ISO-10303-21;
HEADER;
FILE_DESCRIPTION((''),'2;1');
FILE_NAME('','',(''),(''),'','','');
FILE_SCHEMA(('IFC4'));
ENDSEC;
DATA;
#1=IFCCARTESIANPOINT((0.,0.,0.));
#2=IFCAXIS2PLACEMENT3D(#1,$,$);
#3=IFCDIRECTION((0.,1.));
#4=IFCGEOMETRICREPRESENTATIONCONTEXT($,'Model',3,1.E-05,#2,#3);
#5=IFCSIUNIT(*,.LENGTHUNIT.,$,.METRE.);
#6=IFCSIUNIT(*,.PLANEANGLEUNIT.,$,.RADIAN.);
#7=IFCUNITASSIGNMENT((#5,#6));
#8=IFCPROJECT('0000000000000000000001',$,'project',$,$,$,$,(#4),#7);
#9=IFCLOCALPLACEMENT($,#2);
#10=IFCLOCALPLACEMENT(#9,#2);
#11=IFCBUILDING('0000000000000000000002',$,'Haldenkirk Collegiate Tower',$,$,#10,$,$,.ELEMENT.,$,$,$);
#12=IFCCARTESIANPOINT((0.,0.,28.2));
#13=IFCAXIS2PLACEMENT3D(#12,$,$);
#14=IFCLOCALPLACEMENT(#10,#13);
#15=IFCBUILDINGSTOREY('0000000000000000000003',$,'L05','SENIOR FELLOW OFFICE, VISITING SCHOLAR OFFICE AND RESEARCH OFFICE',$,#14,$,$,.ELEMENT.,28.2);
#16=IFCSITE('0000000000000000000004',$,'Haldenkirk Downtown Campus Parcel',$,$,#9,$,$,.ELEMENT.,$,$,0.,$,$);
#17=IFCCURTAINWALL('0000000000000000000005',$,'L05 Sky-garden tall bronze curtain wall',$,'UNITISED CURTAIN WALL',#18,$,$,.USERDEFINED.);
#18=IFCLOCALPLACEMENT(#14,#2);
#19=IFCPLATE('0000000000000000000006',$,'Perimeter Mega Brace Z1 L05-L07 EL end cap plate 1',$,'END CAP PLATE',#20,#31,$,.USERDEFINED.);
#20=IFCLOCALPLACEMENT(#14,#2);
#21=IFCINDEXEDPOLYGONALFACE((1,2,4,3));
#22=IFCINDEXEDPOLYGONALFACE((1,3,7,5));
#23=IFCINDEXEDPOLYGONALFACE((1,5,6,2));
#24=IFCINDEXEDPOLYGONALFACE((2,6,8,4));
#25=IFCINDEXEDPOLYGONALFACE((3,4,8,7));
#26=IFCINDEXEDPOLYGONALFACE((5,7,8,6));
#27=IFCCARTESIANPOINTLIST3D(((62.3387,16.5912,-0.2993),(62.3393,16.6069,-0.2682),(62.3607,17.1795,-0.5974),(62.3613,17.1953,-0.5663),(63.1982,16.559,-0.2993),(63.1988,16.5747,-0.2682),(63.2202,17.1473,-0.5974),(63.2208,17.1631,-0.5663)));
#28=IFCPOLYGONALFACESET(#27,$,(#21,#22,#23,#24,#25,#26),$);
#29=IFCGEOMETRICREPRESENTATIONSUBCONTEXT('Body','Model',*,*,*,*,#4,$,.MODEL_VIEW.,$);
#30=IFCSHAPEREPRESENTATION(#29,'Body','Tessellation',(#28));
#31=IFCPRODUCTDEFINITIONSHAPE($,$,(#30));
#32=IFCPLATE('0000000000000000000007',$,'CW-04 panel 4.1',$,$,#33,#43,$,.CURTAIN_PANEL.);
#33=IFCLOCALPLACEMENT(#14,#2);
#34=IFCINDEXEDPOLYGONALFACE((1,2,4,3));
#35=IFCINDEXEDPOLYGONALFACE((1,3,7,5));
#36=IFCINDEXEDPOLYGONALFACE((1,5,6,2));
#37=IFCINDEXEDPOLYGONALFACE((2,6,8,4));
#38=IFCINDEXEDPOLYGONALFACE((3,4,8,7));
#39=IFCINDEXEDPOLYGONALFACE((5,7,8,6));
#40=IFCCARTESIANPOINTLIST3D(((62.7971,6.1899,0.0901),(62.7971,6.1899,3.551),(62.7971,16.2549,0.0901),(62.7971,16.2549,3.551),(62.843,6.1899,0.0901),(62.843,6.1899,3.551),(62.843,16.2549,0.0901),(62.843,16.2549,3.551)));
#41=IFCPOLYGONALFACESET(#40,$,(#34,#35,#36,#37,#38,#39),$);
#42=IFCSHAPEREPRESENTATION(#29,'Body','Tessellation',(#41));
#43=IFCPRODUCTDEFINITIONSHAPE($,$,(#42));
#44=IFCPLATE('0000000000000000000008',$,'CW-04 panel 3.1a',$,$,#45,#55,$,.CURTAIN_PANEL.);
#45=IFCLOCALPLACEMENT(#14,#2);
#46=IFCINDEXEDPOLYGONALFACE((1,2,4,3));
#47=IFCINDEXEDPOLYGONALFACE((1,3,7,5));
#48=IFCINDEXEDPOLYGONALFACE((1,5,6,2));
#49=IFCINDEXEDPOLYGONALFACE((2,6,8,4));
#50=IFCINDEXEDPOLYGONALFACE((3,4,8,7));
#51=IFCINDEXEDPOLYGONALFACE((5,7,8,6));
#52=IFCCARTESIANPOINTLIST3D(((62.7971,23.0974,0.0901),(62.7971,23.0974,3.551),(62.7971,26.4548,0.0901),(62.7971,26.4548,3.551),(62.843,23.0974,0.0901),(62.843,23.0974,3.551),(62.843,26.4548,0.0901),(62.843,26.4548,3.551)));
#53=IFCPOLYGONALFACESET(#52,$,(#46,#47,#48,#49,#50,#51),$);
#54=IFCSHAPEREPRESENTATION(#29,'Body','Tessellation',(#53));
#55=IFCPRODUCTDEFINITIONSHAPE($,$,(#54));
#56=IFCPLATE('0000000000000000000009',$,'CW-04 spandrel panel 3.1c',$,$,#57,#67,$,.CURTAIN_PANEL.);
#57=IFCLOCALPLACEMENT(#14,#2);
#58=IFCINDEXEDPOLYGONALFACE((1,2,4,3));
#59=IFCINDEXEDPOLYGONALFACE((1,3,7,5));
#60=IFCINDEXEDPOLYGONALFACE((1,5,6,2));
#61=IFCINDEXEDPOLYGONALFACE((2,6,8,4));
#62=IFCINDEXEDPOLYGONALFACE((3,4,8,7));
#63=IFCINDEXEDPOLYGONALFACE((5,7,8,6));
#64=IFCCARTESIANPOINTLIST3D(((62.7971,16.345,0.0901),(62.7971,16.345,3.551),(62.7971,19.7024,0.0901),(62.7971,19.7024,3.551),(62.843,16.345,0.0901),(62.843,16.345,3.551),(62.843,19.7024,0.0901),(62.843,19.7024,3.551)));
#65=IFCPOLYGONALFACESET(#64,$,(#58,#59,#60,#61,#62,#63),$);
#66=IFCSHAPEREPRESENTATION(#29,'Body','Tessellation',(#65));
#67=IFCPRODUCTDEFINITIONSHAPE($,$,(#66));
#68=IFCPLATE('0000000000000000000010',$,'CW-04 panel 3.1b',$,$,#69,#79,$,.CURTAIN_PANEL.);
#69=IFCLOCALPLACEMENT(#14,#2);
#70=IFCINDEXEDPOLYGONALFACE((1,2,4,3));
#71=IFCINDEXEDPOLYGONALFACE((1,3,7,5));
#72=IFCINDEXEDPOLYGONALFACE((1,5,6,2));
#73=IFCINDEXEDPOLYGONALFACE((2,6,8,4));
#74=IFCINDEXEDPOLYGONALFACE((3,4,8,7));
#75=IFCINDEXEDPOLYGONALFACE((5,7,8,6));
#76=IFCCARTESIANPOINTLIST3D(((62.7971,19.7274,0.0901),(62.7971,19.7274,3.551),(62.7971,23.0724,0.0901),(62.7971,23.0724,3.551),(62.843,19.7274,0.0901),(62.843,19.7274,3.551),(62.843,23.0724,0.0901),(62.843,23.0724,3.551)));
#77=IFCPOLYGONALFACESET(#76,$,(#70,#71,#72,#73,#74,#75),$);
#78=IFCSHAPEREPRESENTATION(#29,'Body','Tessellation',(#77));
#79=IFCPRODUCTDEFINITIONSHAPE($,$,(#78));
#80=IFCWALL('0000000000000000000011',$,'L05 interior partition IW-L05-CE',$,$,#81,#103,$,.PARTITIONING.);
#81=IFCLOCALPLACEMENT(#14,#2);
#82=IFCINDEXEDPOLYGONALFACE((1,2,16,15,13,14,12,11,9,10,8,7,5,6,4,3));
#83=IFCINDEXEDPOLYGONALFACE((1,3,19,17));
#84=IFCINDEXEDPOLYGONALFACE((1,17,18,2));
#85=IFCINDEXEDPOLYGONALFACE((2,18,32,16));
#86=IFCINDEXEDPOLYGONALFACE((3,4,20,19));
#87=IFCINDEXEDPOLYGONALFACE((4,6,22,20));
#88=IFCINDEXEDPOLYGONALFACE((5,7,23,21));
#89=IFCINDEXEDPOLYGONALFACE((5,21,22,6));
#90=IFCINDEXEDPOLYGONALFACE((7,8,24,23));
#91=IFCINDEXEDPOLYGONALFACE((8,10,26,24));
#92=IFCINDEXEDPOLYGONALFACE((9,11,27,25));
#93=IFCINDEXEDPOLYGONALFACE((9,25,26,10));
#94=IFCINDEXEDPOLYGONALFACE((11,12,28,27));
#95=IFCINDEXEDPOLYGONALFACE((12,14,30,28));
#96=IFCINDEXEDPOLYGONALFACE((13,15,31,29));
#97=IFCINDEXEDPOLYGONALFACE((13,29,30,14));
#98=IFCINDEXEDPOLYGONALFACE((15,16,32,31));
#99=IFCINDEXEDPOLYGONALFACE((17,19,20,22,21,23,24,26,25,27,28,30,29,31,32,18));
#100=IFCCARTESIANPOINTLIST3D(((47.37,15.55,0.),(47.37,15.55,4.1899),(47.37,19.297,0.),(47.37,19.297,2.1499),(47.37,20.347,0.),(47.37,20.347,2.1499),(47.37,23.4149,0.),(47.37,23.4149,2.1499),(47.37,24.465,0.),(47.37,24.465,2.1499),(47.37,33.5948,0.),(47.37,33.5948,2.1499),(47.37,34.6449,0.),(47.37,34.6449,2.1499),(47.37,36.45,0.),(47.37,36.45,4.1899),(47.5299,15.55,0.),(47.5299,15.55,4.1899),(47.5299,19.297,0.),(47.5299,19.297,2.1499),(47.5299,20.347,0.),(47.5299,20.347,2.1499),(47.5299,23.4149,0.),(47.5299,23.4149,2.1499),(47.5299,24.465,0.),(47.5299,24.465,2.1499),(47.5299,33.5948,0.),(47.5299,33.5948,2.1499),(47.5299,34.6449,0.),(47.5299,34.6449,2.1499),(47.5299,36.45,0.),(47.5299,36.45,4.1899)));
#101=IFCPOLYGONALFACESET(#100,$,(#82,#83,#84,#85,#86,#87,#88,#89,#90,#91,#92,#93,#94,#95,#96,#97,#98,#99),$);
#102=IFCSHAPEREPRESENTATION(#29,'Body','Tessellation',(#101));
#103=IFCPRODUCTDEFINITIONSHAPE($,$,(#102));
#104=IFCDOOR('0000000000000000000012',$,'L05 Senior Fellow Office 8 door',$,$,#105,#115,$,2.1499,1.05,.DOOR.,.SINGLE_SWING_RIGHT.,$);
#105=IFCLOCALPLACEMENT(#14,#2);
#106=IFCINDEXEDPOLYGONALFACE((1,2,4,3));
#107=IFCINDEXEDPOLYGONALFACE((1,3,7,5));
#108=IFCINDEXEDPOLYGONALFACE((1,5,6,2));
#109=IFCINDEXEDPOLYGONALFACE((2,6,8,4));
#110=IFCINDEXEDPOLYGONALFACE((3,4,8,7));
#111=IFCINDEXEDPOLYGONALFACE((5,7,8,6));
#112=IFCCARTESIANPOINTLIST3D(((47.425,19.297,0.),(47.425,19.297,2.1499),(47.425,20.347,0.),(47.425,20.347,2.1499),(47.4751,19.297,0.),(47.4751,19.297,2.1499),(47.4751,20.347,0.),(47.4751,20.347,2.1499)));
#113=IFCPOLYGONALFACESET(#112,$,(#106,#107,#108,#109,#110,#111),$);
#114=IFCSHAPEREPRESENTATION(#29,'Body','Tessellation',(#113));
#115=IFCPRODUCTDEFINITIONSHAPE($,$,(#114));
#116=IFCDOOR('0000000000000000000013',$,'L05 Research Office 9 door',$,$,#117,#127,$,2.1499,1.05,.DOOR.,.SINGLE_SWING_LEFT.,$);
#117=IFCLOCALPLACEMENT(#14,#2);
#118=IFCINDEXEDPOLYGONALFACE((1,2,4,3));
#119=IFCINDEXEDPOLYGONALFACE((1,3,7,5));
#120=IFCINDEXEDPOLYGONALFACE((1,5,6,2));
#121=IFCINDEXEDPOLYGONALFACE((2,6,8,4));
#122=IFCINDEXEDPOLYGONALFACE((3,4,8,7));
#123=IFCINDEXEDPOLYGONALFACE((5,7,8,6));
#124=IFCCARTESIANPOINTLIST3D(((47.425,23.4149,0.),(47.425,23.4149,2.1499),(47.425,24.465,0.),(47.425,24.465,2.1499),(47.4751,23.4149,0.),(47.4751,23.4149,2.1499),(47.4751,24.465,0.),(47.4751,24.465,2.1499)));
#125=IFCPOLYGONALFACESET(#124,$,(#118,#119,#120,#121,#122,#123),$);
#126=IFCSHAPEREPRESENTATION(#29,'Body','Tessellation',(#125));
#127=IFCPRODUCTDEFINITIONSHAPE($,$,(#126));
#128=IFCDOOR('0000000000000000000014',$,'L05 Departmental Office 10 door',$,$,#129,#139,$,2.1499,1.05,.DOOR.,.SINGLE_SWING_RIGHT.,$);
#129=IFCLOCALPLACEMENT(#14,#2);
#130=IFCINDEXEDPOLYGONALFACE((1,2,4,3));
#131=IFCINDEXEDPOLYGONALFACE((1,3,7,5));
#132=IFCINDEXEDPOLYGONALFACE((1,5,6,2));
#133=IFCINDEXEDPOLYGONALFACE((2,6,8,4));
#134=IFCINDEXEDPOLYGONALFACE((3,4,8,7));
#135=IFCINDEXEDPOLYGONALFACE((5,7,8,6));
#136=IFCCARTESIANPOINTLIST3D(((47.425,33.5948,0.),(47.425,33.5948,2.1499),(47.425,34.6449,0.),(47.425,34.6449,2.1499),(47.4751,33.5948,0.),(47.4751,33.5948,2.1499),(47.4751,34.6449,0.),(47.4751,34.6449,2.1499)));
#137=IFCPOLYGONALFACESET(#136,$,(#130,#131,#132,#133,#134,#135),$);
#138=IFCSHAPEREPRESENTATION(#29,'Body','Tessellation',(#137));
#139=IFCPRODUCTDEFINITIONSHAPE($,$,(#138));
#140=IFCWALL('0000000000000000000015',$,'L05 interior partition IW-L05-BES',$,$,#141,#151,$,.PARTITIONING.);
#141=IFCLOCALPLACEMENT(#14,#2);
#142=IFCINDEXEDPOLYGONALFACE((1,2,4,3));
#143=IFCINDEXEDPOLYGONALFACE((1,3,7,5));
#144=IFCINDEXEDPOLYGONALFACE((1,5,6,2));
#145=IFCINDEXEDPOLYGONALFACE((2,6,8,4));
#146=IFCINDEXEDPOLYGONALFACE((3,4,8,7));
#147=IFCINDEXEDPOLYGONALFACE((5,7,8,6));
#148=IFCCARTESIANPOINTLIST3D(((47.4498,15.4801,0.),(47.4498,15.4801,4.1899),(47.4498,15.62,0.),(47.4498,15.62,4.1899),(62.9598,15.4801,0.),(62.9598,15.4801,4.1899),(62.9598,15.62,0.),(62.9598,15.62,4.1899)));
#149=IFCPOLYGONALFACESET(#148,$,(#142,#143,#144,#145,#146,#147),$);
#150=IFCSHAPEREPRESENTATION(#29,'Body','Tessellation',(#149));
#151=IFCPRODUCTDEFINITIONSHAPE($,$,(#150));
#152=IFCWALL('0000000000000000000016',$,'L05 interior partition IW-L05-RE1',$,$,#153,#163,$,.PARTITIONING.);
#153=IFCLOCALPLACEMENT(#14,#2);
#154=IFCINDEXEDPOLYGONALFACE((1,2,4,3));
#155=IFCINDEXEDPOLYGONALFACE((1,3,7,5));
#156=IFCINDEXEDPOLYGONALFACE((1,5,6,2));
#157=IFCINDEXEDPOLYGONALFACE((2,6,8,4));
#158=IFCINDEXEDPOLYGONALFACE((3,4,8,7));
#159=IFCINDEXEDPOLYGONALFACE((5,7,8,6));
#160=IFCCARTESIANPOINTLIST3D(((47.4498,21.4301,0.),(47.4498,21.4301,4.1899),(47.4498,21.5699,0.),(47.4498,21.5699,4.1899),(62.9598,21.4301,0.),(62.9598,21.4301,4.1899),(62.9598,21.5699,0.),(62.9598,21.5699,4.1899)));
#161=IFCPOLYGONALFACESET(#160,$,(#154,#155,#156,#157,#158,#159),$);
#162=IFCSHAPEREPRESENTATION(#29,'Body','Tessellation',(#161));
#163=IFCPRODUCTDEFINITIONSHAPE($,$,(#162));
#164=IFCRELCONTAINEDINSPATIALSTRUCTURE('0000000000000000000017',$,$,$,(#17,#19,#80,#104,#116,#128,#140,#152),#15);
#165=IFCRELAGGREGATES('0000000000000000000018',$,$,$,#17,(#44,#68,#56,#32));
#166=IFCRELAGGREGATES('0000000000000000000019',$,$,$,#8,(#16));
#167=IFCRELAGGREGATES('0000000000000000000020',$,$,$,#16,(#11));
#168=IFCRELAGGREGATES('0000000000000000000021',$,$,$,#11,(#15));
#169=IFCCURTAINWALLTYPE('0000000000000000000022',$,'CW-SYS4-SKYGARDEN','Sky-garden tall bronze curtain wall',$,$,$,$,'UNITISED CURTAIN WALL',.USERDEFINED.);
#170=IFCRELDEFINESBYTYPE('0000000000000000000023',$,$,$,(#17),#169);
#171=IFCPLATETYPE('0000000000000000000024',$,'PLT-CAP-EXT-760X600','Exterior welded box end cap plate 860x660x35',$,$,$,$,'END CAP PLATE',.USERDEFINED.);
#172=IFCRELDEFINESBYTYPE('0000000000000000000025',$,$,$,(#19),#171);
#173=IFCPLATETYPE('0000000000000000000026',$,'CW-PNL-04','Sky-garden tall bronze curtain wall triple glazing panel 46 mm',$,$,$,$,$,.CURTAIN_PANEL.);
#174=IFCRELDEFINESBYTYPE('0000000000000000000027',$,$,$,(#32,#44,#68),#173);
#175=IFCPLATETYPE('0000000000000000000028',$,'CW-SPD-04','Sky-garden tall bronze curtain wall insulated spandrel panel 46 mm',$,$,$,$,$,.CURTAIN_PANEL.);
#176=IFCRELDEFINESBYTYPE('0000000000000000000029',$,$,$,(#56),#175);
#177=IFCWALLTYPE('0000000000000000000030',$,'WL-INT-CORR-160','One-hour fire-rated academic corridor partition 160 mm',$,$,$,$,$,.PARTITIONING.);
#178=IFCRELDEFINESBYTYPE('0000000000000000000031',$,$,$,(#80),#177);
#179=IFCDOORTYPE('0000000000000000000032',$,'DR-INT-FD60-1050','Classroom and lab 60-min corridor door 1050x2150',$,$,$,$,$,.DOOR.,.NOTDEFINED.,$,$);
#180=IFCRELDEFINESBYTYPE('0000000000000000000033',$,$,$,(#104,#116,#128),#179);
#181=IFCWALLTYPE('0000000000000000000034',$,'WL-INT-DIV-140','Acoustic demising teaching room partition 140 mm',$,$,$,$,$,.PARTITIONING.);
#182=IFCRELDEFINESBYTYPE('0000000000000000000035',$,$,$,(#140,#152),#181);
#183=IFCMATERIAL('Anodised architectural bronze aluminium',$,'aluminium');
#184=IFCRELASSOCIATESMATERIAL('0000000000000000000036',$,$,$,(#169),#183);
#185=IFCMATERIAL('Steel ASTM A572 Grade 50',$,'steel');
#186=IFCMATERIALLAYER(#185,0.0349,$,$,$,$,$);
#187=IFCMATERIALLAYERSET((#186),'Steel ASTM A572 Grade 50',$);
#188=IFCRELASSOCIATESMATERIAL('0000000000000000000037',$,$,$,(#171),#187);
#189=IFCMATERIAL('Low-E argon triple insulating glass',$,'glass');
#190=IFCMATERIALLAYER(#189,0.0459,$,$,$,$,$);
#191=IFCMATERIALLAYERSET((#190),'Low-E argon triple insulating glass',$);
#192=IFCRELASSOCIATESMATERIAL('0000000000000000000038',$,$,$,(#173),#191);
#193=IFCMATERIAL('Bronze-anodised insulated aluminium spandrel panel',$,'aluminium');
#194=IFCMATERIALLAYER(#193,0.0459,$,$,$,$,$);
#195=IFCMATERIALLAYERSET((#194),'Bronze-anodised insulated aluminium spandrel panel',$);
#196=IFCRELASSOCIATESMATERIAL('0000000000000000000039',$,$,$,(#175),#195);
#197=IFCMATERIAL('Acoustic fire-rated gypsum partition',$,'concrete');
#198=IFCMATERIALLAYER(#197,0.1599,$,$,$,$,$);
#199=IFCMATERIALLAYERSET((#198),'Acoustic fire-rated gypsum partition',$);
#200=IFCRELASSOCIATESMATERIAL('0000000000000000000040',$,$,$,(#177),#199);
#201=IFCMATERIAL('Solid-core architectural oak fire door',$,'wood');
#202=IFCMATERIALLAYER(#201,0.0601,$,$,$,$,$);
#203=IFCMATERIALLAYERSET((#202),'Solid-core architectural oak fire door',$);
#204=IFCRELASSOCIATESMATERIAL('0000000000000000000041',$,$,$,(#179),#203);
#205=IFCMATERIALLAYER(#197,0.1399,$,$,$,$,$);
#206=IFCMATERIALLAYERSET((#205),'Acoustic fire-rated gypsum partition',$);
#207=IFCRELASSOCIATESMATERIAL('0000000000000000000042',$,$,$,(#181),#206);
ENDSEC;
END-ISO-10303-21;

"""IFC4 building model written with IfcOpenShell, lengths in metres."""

from ifc_helpers import new_model, si_unit, direction, frame, frame_2d, origin, origin_2d, place, context, subcontext, project, spatial, rectangle, extrude, source, transform, mapped, material, layer, layer_set, type_object, element, fill, aggregate, save


model = new_model("IFC4")

# Units and contexts
model_context = context("Model", 3, precision=1e-05, world=origin(), true_north=direction((0.0, 1.0)))
body_context = subcontext(model_context, "Body", "Model", "MODEL_VIEW")
ifc_project = project(units=[si_unit("LENGTHUNIT", "METRE"), si_unit("PLANEANGLEUNIT", "RADIAN")], contexts=[model_context])

# Site, building, storey
site_placement = place(None, origin())
site = spatial("IfcSite", under=ifc_project, at=site_placement, Name="Haldenkirk Downtown Campus Parcel", CompositionType="ELEMENT", RefElevation=0.0)
building_placement = place(site_placement, origin())
building = spatial("IfcBuilding", under=site, at=building_placement, Name="Haldenkirk Collegiate Tower", CompositionType="ELEMENT")
storey_placement = place(building_placement, frame((0.0, 0.0, 28.2)))
storey = spatial("IfcBuildingStorey", under=building, at=storey_placement, Name="L05", Description="SENIOR FELLOW OFFICE, VISITING SCHOLAR OFFICE AND RESEARCH OFFICE", CompositionType="ELEMENT", Elevation=28.2)

# Shared definitions
ifc_material_1 = material(Name="Steel ASTM A572 Grade 50", Category="steel")

# Curtain wall
ifc_material_2 = material(Name="Anodised architectural bronze aluminium", Category="aluminium")
curtain_wall_type = type_object("IfcCurtainWallType", Name="CW-SYS4-SKYGARDEN", Description="Sky-garden tall bronze curtain wall", ElementType="UNITISED CURTAIN WALL", PredefinedType="USERDEFINED", material=ifc_material_2)
curtain_wall_placement = place(storey_placement, origin())
curtain_wall = element("IfcCurtainWall", 1, at=curtain_wall_placement, inside=storey, type_object=curtain_wall_type, Name="L05 Sky-garden tall bronze curtain wall", ObjectType="UNITISED CURTAIN WALL", PredefinedType="USERDEFINED")

# Plates
ifc_layer_1 = layer(ifc_material_1, 0.0349)
ifc_layer_set_1 = layer_set([ifc_layer_1], Name="Steel ASTM A572 Grade 50")
plate_type_1 = type_object("IfcPlateType", Name="PLT-CAP-EXT-760X600", Description="Exterior welded box end cap plate 860x660x35", ElementType="END CAP PLATE", PredefinedType="USERDEFINED", material=ifc_layer_set_1)
shared_shape_1 = source(origin(), body_context, "Body", "SweptSolid", [
    extrude(rectangle(XDim=0.8601, YDim=0.6599, at=origin_2d()), origin(), (0.0, 0.0, 1.0), 0.0349),
])
plate_1_placement = place(storey_placement, frame((62.78, 16.885, -0.4172), z_axis=(-0.0169, -0.451374, -0.892175), x_axis=(0.9993, -0.037414, 0.0)))
element("IfcPlate", 2, at=plate_1_placement, inside=storey, type_object=plate_type_1, Name="Perimeter Mega Brace Z1 L05-L07 EL end cap plate 1", ObjectType="END CAP PLATE", PredefinedType="USERDEFINED", context=body_context, shape_type="MappedRepresentation", body=[
    mapped(shared_shape_1, transform((0.0, 0.0, 0.0), x_axis=(1.0, 0.0, 0.0), y_axis=(0.0, 1.0, 0.0), z_axis=(0.0, 0.0, 1.0), scale=1.0)),
])
ifc_material_3 = material(Name="Low-E argon triple insulating glass", Category="glass")
ifc_layer_2 = layer(ifc_material_3, 0.0459)
ifc_layer_set_2 = layer_set([ifc_layer_2], Name="Low-E argon triple insulating glass")
plate_type_2 = type_object("IfcPlateType", Name="CW-PNL-04", Description="Sky-garden tall bronze curtain wall triple glazing panel 46 mm", PredefinedType="CURTAIN_PANEL", material=ifc_layer_set_2)
shared_shape_2 = source(origin(), body_context, "Body", "SweptSolid", [
    extrude(rectangle(XDim=10.0649, YDim=0.0459, at=origin_2d()), origin(), (0.0, 0.0, 1.0), 3.4609),
])
plate_2_placement = place(storey_placement, frame((62.8201, 11.2224, 0.0901), z_axis=(0.0, 0.0, 1.0), x_axis=(0.0, -1.0, 0.0)))
plate_2 = element("IfcPlate", 3, at=plate_2_placement, type_object=plate_type_2, Name="CW-04 panel 4.1", PredefinedType="CURTAIN_PANEL", context=body_context, shape_type="MappedRepresentation", body=[
    mapped(shared_shape_2, transform((0.0, 0.0, 0.0), x_axis=(1.0, 0.0, 0.0), y_axis=(0.0, 1.0, 0.0), z_axis=(0.0, 0.0, 1.0), scale=1.0)),
])
shared_shape_3 = source(origin(), body_context, "Body", "SweptSolid", [
    extrude(rectangle(XDim=3.3574, YDim=0.0459, at=origin_2d()), origin(), (0.0, 0.0, 1.0), 3.4609),
])
plate_3_placement = place(storey_placement, frame((62.8201, 24.7761, 0.0901), z_axis=(0.0, 0.0, 1.0), x_axis=(0.0, -1.0, 0.0)))
plate_3 = element("IfcPlate", 4, at=plate_3_placement, type_object=plate_type_2, Name="CW-04 panel 3.1a", PredefinedType="CURTAIN_PANEL", context=body_context, shape_type="MappedRepresentation", body=[
    mapped(shared_shape_3, transform((0.0, 0.0, 0.0), x_axis=(1.0, 0.0, 0.0), y_axis=(0.0, 1.0, 0.0), z_axis=(0.0, 0.0, 1.0), scale=1.0)),
])
ifc_material_4 = material(Name="Bronze-anodised insulated aluminium spandrel panel", Category="aluminium")
ifc_layer_3 = layer(ifc_material_4, 0.0459)
ifc_layer_set_3 = layer_set([ifc_layer_3], Name="Bronze-anodised insulated aluminium spandrel panel")
plate_type_3 = type_object("IfcPlateType", Name="CW-SPD-04", Description="Sky-garden tall bronze curtain wall insulated spandrel panel 46 mm", PredefinedType="CURTAIN_PANEL", material=ifc_layer_set_3)
plate_4_placement = place(storey_placement, frame((62.8201, 18.0237, 0.0901), z_axis=(0.0, 0.0, 1.0), x_axis=(0.0, -1.0, 0.0)))
plate_4 = element("IfcPlate", 5, at=plate_4_placement, type_object=plate_type_3, Name="CW-04 spandrel panel 3.1c", PredefinedType="CURTAIN_PANEL", context=body_context, shape_type="MappedRepresentation", body=[
    mapped(shared_shape_3, transform((0.0, 0.0, 0.0), x_axis=(1.0, 0.0, 0.0), y_axis=(0.0, 1.0, 0.0), z_axis=(0.0, 0.0, 1.0), scale=1.0)),
])
shared_shape_4 = source(origin(), body_context, "Body", "SweptSolid", [
    extrude(rectangle(XDim=3.345, YDim=0.0459, at=origin_2d()), origin(), (0.0, 0.0, 1.0), 3.4609),
])
plate_5_placement = place(storey_placement, frame((62.8201, 21.3999, 0.0901), z_axis=(0.0, 0.0, 1.0), x_axis=(0.0, -1.0, 0.0)))
plate_5 = element("IfcPlate", 6, at=plate_5_placement, type_object=plate_type_2, Name="CW-04 panel 3.1b", PredefinedType="CURTAIN_PANEL", context=body_context, shape_type="MappedRepresentation", body=[
    mapped(shared_shape_4, transform((0.0, 0.0, 0.0), x_axis=(1.0, 0.0, 0.0), y_axis=(0.0, 1.0, 0.0), z_axis=(0.0, 0.0, 1.0), scale=1.0)),
])
aggregate(curtain_wall, [plate_3, plate_5, plate_4, plate_2])

# Wall, openings, doors
ifc_material_5 = material(Name="Acoustic fire-rated gypsum partition", Category="concrete")
ifc_layer_4 = layer(ifc_material_5, 0.1599)
ifc_layer_set_4 = layer_set([ifc_layer_4], Name="Acoustic fire-rated gypsum partition")
wall_type_1 = type_object("IfcWallType", Name="WL-INT-CORR-160", Description="One-hour fire-rated academic corridor partition 160 mm", PredefinedType="PARTITIONING", material=ifc_layer_set_4)
wall_placement = place(storey_placement, frame((47.45, 15.55, 0.0), z_axis=(0.0, 0.0, 1.0), x_axis=(0.0, 1.0, 0.0)))
wall = element("IfcWall", 7, at=wall_placement, inside=storey, type_object=wall_type_1, Name="L05 interior partition IW-L05-CE", PredefinedType="PARTITIONING", context=body_context, shape_type="SweptSolid", body=[
    extrude(rectangle(XDim=20.8999, YDim=0.1599, at=frame_2d((10.45, 0.0))), origin(), (0.0, 0.0, 1.0), 4.1899),
])
opening_1_placement = place(wall_placement, frame((3.7471, 0.0, 0.0)))
opening_1 = element("IfcOpeningElement", 8, at=opening_1_placement, cuts=wall, PredefinedType="OPENING", context=body_context, shape_type="SweptSolid", body=[
    extrude(rectangle(XDim=1.05, YDim=2.1499, at=frame_2d((0.5249, 1.075))), frame((0.0, 0.0898, 0.0), z_axis=(0.0, -1.0, 0.0), x_axis=(1.0, 0.0, 0.0)), (0.0, 0.0, 1.0), 0.1799),
])
opening_2_placement = place(wall_placement, frame((7.865, 0.0, 0.0)))
opening_2 = element("IfcOpeningElement", 9, at=opening_2_placement, cuts=wall, PredefinedType="OPENING", context=body_context, shape_type="SweptSolid", body=[
    extrude(rectangle(XDim=1.05, YDim=2.1499, at=frame_2d((0.5249, 1.075))), frame((0.0, 0.0898, 0.0), z_axis=(0.0, -1.0, 0.0), x_axis=(1.0, 0.0, 0.0)), (0.0, 0.0, 1.0), 0.1799),
])
opening_3_placement = place(wall_placement, frame((18.0449, 0.0, 0.0)))
opening_3 = element("IfcOpeningElement", 10, at=opening_3_placement, cuts=wall, PredefinedType="OPENING", context=body_context, shape_type="SweptSolid", body=[
    extrude(rectangle(XDim=1.05, YDim=2.1499, at=frame_2d((0.5249, 1.075))), frame((0.0, 0.0898, 0.0), z_axis=(0.0, -1.0, 0.0), x_axis=(1.0, 0.0, 0.0)), (0.0, 0.0, 1.0), 0.1799),
])
ifc_material_6 = material(Name="Solid-core architectural oak fire door", Category="wood")
ifc_layer_5 = layer(ifc_material_6, 0.0601)
ifc_layer_set_5 = layer_set([ifc_layer_5], Name="Solid-core architectural oak fire door")
door_type = type_object("IfcDoorType", Name="DR-INT-FD60-1050", Description="Classroom and lab 60-min corridor door 1050x2150", OperationType="NOTDEFINED", PredefinedType="DOOR", material=ifc_layer_set_5)
door_1_placement = place(opening_1_placement, origin())
door_1 = element("IfcDoor", 11, at=door_1_placement, inside=storey, type_object=door_type, Name="L05 Senior Fellow Office 8 door", OperationType="SINGLE_SWING_RIGHT", OverallHeight=2.1499, OverallWidth=1.05, PredefinedType="DOOR", context=body_context, shape_type="SweptSolid", body=[
    extrude(rectangle(XDim=1.05, YDim=2.1499, at=frame_2d((0.5249, 1.075))), frame((0.0, 0.0249, 0.0), z_axis=(0.0, -1.0, 0.0), x_axis=(1.0, 0.0, 0.0)), (0.0, 0.0, 1.0), 0.05),
])
fill(opening_1, door_1)
door_2_placement = place(opening_2_placement, origin())
door_2 = element("IfcDoor", 12, at=door_2_placement, inside=storey, type_object=door_type, Name="L05 Research Office 9 door", OperationType="SINGLE_SWING_LEFT", OverallHeight=2.1499, OverallWidth=1.05, PredefinedType="DOOR", context=body_context, shape_type="SweptSolid", body=[
    extrude(rectangle(XDim=1.05, YDim=2.1499, at=frame_2d((0.5249, 1.075))), frame((0.0, 0.0249, 0.0), z_axis=(0.0, -1.0, 0.0), x_axis=(1.0, 0.0, 0.0)), (0.0, 0.0, 1.0), 0.05),
])
fill(opening_2, door_2)
door_3_placement = place(opening_3_placement, origin())
door_3 = element("IfcDoor", 13, at=door_3_placement, inside=storey, type_object=door_type, Name="L05 Departmental Office 10 door", OperationType="SINGLE_SWING_RIGHT", OverallHeight=2.1499, OverallWidth=1.05, PredefinedType="DOOR", context=body_context, shape_type="SweptSolid", body=[
    extrude(rectangle(XDim=1.05, YDim=2.1499, at=frame_2d((0.5249, 1.075))), frame((0.0, 0.0249, 0.0), z_axis=(0.0, -1.0, 0.0), x_axis=(1.0, 0.0, 0.0)), (0.0, 0.0, 1.0), 0.05),
])
fill(opening_3, door_3)

# Walls
ifc_layer_6 = layer(ifc_material_5, 0.1399)
ifc_layer_set_6 = layer_set([ifc_layer_6], Name="Acoustic fire-rated gypsum partition")
wall_type_2 = type_object("IfcWallType", Name="WL-INT-DIV-140", Description="Acoustic demising teaching room partition 140 mm", PredefinedType="PARTITIONING", material=ifc_layer_set_6)
for number, where, z_axis, x_axis, name in (
    (14, (47.45, 15.55, 0.0), (0.0, 0.0, 1.0), (1.0, 0.0, 0.0), "L05 interior partition IW-L05-BES"),
    (15, (47.45, 21.5, 0.0), (0.0, 0.0, 1.0), (1.0, 0.0, 0.0), "L05 interior partition IW-L05-RE1"),
):
    element("IfcWall", number, at=place(storey_placement, frame(where, z_axis=z_axis, x_axis=x_axis)), inside=storey, type_object=wall_type_2, Name=name, PredefinedType="PARTITIONING", context=body_context, shape_type="SweptSolid", body=[
        extrude(rectangle(XDim=15.51, YDim=0.1399, at=frame_2d((7.7549, 0.0))), origin(), (0.0, 0.0, 1.0), 4.1899),
    ])

save(model, "model.ifc")
